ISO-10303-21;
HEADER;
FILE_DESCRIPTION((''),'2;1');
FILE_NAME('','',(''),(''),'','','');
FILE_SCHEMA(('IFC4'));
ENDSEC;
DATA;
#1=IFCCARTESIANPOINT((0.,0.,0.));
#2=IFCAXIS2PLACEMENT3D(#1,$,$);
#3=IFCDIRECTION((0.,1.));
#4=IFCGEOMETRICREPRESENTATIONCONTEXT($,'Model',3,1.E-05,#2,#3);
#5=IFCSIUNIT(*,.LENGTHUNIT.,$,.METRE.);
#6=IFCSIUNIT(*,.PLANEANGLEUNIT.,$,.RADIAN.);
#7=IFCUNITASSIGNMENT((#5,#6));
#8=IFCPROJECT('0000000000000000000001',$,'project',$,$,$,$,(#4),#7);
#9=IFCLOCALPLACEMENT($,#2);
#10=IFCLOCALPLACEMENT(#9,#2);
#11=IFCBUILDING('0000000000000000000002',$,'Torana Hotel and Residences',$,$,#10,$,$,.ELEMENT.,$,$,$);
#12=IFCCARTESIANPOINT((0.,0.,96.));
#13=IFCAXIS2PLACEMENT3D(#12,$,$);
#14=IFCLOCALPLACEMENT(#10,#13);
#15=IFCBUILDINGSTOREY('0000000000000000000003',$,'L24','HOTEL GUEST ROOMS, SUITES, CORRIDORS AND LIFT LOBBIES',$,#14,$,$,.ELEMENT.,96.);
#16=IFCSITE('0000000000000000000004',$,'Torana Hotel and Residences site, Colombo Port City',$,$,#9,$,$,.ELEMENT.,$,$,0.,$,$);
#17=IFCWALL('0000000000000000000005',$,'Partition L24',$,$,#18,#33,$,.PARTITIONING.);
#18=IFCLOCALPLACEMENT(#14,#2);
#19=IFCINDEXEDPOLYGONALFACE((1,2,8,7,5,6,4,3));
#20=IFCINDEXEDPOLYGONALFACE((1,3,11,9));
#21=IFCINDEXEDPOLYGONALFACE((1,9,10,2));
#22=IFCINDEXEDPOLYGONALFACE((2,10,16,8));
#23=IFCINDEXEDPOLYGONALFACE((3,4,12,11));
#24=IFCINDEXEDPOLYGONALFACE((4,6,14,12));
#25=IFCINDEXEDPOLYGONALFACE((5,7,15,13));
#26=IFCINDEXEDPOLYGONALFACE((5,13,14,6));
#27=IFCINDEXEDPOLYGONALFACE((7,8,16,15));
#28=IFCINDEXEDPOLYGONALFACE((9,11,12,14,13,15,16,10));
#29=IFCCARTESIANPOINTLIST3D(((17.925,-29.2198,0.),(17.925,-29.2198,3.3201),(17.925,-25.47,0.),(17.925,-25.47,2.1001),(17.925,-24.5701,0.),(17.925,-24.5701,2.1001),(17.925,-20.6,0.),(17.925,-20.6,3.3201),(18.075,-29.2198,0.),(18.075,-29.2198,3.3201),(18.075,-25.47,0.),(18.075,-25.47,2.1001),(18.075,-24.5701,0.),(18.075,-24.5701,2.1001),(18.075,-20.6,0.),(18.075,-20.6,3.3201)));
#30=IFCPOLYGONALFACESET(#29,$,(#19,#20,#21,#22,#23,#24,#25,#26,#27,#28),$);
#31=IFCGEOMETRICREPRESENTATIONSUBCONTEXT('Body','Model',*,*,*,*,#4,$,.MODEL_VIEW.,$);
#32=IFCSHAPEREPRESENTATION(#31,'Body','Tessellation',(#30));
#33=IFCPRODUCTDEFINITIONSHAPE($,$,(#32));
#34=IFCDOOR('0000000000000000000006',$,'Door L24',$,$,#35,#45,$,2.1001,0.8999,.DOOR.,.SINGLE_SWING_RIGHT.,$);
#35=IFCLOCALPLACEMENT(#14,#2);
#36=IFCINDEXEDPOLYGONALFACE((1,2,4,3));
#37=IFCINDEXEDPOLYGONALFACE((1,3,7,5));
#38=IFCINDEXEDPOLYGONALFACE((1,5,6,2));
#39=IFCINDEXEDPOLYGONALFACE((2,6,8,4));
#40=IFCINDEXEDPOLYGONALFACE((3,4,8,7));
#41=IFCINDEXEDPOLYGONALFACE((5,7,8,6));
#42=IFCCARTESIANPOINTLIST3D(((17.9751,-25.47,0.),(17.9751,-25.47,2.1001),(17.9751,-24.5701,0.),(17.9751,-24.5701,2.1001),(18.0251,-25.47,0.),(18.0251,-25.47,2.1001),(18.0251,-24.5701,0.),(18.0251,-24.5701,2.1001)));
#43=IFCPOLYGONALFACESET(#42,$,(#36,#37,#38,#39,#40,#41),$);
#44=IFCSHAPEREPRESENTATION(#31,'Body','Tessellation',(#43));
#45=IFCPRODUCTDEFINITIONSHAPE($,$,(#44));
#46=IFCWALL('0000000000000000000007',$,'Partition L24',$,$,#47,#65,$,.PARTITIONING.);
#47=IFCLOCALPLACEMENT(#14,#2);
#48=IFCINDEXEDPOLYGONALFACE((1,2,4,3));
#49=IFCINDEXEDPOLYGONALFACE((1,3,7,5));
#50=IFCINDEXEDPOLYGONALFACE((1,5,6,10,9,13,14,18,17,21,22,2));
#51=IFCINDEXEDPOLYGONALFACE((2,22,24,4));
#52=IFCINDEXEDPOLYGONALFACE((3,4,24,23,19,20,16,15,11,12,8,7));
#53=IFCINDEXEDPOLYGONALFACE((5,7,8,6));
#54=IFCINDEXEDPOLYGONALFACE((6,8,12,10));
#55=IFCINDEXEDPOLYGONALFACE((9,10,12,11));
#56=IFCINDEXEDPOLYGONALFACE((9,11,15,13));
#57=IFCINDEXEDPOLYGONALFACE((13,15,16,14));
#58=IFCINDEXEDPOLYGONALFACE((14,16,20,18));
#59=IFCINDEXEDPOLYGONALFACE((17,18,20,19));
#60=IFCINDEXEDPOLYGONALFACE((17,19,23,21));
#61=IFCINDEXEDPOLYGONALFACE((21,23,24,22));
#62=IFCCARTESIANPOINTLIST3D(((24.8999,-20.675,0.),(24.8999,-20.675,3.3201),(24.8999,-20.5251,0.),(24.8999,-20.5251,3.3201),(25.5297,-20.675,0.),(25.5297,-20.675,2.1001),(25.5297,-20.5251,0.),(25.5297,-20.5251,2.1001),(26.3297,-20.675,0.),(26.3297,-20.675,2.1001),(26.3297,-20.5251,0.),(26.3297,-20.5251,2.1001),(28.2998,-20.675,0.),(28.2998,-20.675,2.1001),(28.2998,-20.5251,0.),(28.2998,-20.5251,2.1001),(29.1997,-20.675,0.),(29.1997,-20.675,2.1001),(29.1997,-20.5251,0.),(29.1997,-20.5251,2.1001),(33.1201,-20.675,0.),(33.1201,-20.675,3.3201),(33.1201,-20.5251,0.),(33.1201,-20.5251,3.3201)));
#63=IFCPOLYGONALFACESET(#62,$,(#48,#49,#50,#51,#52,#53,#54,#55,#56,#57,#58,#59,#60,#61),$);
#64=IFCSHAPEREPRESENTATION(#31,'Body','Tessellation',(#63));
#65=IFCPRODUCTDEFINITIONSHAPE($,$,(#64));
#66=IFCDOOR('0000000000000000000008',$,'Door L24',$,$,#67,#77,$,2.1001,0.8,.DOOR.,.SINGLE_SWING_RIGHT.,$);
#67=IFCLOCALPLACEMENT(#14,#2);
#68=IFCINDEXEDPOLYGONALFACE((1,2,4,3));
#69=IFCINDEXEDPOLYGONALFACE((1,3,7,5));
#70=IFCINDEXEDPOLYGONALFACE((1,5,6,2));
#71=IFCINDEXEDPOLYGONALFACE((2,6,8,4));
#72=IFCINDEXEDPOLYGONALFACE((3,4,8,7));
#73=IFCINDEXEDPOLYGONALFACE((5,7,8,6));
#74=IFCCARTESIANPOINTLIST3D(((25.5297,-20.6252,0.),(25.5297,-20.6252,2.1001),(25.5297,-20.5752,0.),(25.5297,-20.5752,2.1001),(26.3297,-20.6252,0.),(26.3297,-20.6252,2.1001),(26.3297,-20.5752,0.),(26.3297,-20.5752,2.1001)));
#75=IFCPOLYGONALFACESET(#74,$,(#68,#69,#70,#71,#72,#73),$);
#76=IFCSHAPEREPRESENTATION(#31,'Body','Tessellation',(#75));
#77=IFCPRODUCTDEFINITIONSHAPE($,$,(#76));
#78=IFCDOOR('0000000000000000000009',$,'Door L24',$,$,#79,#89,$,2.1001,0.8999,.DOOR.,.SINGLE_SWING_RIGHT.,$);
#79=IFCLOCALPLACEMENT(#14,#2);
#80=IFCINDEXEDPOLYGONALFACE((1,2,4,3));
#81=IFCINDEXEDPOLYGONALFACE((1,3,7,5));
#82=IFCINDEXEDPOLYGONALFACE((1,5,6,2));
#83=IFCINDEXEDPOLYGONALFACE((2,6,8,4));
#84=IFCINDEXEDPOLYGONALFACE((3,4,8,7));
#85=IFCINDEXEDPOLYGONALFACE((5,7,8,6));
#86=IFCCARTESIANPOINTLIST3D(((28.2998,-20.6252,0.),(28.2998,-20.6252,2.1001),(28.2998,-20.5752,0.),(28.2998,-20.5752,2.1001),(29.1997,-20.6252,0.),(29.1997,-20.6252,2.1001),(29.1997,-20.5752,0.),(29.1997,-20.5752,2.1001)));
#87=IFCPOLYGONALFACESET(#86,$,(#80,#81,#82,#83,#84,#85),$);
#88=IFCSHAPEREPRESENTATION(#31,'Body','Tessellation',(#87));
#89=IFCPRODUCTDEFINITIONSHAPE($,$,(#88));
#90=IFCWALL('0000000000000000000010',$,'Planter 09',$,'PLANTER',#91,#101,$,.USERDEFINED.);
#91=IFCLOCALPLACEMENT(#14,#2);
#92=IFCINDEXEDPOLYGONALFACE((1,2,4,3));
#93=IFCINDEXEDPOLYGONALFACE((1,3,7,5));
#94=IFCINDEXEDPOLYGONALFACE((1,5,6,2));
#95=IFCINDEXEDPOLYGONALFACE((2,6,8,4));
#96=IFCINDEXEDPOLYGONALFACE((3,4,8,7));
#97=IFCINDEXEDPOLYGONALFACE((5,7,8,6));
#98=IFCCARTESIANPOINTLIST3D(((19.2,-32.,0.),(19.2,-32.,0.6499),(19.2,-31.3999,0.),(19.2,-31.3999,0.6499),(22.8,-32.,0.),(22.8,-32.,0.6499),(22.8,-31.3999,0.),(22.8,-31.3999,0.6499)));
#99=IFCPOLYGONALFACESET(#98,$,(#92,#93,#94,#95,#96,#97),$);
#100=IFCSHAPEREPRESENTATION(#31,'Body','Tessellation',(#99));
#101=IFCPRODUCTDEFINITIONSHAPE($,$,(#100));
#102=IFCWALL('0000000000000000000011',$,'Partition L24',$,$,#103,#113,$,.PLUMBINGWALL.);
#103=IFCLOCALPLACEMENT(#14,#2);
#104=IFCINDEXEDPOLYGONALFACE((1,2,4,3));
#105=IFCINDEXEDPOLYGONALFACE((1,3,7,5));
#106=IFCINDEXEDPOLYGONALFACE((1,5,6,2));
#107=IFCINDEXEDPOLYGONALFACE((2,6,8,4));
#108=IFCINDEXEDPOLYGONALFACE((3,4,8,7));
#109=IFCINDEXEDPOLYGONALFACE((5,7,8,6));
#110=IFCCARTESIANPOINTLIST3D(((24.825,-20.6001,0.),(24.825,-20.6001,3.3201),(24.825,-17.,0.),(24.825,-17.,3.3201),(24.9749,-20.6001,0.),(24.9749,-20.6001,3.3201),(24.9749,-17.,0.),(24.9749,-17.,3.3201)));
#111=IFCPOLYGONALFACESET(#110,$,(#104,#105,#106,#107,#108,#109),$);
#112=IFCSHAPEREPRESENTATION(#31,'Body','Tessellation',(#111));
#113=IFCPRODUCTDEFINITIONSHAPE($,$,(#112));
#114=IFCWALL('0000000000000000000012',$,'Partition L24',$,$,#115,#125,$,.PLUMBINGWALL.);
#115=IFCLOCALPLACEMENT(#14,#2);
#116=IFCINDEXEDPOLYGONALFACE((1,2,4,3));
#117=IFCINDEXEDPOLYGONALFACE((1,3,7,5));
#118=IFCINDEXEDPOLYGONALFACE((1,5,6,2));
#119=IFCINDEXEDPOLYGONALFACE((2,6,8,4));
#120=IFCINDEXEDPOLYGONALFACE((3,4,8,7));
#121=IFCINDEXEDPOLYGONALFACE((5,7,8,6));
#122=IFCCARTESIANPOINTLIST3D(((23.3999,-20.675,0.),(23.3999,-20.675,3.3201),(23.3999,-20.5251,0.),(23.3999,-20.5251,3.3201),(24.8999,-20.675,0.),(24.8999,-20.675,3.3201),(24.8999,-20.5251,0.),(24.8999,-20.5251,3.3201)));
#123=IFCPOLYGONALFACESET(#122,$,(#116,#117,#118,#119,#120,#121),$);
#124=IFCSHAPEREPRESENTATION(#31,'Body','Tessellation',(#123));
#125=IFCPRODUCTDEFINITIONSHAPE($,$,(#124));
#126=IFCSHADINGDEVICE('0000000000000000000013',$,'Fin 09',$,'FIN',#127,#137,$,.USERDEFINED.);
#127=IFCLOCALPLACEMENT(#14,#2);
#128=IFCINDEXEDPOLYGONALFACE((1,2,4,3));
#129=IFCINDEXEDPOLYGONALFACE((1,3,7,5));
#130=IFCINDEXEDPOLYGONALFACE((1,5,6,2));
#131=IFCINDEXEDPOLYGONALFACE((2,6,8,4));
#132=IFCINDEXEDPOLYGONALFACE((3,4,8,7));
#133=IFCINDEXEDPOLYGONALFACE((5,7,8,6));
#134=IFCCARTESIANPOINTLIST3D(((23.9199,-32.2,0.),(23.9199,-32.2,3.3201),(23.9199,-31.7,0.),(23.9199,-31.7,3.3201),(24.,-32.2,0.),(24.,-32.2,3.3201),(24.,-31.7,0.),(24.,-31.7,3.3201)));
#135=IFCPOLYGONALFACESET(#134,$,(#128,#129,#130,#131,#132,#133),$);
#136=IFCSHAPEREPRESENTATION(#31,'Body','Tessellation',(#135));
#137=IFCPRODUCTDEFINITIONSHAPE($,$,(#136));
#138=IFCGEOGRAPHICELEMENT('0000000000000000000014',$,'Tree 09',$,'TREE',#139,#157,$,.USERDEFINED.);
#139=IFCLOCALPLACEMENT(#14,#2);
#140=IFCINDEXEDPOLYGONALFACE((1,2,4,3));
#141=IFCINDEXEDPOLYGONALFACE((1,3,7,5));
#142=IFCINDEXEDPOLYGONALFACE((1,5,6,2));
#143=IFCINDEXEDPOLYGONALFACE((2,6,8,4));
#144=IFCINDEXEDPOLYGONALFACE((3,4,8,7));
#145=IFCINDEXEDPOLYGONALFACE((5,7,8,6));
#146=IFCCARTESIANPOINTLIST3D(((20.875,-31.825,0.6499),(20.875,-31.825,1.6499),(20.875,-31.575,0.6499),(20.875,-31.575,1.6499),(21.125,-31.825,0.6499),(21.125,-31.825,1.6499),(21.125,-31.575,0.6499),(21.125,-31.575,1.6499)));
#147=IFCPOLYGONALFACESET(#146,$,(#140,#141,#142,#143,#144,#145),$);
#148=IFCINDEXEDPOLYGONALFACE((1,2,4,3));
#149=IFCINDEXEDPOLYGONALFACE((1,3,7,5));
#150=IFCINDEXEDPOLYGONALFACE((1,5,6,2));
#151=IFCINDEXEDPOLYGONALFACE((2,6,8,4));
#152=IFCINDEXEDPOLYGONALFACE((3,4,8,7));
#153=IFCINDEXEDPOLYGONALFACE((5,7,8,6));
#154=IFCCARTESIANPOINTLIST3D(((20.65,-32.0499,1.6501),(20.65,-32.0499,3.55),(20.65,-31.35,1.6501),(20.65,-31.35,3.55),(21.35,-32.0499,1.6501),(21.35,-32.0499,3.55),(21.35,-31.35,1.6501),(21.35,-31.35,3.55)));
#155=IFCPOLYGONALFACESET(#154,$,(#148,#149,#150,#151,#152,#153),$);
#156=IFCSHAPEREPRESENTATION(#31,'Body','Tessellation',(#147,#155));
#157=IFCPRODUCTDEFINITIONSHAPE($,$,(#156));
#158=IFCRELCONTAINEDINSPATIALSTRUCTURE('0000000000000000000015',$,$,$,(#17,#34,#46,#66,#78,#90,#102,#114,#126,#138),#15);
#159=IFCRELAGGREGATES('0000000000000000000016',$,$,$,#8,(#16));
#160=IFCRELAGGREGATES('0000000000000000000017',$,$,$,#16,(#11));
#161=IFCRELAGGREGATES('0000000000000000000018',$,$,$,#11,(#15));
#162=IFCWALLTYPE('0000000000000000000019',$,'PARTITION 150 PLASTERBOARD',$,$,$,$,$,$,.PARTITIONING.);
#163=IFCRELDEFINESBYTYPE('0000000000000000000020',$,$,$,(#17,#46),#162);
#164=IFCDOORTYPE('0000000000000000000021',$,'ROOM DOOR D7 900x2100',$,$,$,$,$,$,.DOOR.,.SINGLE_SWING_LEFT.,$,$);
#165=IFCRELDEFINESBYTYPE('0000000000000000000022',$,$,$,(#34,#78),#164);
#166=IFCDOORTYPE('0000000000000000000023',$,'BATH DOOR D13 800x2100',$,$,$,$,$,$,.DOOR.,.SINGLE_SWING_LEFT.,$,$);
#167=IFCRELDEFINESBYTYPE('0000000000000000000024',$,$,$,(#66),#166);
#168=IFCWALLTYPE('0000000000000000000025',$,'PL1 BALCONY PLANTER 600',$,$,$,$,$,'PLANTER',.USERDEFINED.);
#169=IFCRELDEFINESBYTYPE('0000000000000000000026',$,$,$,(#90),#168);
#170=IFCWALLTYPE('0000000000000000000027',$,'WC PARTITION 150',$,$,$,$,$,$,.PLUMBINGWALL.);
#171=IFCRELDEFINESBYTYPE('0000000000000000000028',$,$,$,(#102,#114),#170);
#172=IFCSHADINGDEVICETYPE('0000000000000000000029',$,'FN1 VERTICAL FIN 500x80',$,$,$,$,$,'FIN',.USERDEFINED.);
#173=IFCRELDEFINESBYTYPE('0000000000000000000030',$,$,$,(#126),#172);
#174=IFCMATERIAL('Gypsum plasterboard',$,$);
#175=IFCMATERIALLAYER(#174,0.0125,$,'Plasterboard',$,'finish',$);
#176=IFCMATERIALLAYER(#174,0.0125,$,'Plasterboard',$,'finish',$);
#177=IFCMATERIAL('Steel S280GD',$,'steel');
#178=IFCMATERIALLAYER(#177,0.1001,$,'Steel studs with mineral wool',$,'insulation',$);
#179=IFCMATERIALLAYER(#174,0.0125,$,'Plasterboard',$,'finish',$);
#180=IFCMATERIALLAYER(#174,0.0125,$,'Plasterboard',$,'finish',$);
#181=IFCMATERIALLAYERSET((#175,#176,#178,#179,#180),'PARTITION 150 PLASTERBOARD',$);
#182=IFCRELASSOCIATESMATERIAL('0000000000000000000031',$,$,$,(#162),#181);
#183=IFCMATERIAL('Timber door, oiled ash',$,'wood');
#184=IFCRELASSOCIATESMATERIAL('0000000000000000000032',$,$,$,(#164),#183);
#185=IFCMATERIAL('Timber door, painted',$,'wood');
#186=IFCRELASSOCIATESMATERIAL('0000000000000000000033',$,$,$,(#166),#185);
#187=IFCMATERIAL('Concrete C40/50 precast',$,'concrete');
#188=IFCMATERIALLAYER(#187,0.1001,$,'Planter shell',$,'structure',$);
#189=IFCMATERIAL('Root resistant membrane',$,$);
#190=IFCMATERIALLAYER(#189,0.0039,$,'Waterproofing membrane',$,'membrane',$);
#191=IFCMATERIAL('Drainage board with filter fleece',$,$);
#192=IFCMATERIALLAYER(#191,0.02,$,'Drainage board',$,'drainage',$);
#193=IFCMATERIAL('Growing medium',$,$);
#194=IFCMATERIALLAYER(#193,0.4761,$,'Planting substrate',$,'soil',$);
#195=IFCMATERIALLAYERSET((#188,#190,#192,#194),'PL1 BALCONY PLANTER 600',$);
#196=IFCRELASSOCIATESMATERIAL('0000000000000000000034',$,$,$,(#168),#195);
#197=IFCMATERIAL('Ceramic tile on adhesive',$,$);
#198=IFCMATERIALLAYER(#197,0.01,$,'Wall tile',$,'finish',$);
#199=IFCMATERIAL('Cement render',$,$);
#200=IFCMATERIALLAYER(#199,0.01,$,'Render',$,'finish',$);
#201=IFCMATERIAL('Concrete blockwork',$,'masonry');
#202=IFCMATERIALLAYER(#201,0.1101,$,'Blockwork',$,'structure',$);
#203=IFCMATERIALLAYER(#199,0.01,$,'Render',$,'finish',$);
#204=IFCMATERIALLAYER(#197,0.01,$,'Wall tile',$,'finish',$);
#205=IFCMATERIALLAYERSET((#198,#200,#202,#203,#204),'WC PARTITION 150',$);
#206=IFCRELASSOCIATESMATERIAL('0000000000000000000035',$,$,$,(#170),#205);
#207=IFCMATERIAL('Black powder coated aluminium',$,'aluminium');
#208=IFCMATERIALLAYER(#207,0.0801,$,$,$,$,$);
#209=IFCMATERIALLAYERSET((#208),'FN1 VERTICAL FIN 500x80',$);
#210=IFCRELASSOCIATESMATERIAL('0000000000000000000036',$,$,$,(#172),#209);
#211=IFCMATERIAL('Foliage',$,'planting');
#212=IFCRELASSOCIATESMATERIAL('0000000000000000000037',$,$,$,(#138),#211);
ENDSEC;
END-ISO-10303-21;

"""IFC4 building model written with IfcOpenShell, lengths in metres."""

from ifc_helpers import new_model, si_unit, direction, frame, frame_2d, origin, origin_2d, place, context, subcontext, project, spatial, rectangle, extrude, material, layer, layer_set, type_object, element, fill, save


model = new_model("IFC4")

# Units and contexts
model_context = context("Model", 3, precision=1e-05, world=origin(), true_north=direction((0.0, 1.0)))
body_context = subcontext(model_context, "Body", "Model", "MODEL_VIEW")
ifc_project = project(units=[si_unit("LENGTHUNIT", "METRE"), si_unit("PLANEANGLEUNIT", "RADIAN")], contexts=[model_context])

# Site, building, storey
site_placement = place(None, origin())
site = spatial("IfcSite", under=ifc_project, at=site_placement, Name="Torana Hotel and Residences site, Colombo Port City", CompositionType="ELEMENT", RefElevation=0.0)
building_placement = place(site_placement, origin())
building = spatial("IfcBuilding", under=site, at=building_placement, Name="Torana Hotel and Residences", CompositionType="ELEMENT")
storey_placement = place(building_placement, frame((0.0, 0.0, 96.0)))
storey = spatial("IfcBuildingStorey", under=building, at=storey_placement, Name="L24", Description="HOTEL GUEST ROOMS, SUITES, CORRIDORS AND LIFT LOBBIES", CompositionType="ELEMENT", Elevation=96.0)

# Shared definitions
ifc_material_1 = material(Name="Concrete blockwork", Category="masonry")

# Shared definitions
ifc_material_2 = material(Name="Gypsum plasterboard")
ifc_layer_1 = layer(ifc_material_2, 0.0125, Name="Plasterboard", Category="finish")
ifc_layer_2 = layer(ifc_material_2, 0.0125, Name="Plasterboard", Category="finish")
ifc_material_3 = material(Name="Steel S280GD", Category="steel")
ifc_layer_3 = layer(ifc_material_3, 0.1001, Name="Steel studs with mineral wool", Category="insulation")
ifc_layer_4 = layer(ifc_material_2, 0.0125, Name="Plasterboard", Category="finish")
ifc_layer_5 = layer(ifc_material_2, 0.0125, Name="Plasterboard", Category="finish")
ifc_layer_set_1 = layer_set([ifc_layer_1, ifc_layer_2, ifc_layer_3, ifc_layer_4, ifc_layer_5], Name="PARTITION 150 PLASTERBOARD")
wall_type_1 = type_object("IfcWallType", Name="PARTITION 150 PLASTERBOARD", PredefinedType="PARTITIONING", material=ifc_layer_set_1)

# Wall, opening, door
wall_1_placement = place(storey_placement, frame((18.0, -29.22, 0.0), z_axis=(0.0, 0.0, 1.0), x_axis=(0.0, 1.0, 0.0)))
wall_1 = element("IfcWall", 1, at=wall_1_placement, inside=storey, type_object=wall_type_1, Name="Partition L24", PredefinedType="PARTITIONING", context=body_context, shape_type="SweptSolid", body=[
    extrude(rectangle(XDim=8.6199, YDim=0.1499, at=frame_2d((4.3101, 0.0))), origin(), (0.0, 0.0, 1.0), 3.3201),
])
opening_1_placement = place(wall_1_placement, frame((3.75, 0.0, 0.0)))
opening_1 = element("IfcOpeningElement", 2, at=opening_1_placement, cuts=wall_1, PredefinedType="OPENING", context=body_context, shape_type="SweptSolid", body=[
    extrude(rectangle(XDim=0.8999, YDim=2.1001, at=frame_2d((0.45, 1.05))), frame((0.0, 0.085, 0.0), z_axis=(0.0, -1.0, 0.0), x_axis=(1.0, 0.0, 0.0)), (0.0, 0.0, 1.0), 0.1699),
])
ifc_material_4 = material(Name="Timber door, oiled ash", Category="wood")
door_type_1 = type_object("IfcDoorType", Name="ROOM DOOR D7 900x2100", OperationType="SINGLE_SWING_LEFT", PredefinedType="DOOR", material=ifc_material_4)
door_1_placement = place(opening_1_placement, origin())
door_1 = element("IfcDoor", 3, at=door_1_placement, inside=storey, type_object=door_type_1, Name="Door L24", OperationType="SINGLE_SWING_RIGHT", OverallHeight=2.1001, OverallWidth=0.8999, PredefinedType="DOOR", context=body_context, shape_type="SweptSolid", body=[
    extrude(rectangle(XDim=0.8999, YDim=2.1001, at=frame_2d((0.45, 1.05))), frame((0.0, 0.0249, 0.0), z_axis=(0.0, -1.0, 0.0), x_axis=(1.0, 0.0, 0.0)), (0.0, 0.0, 1.0), 0.05),
])
fill(opening_1, door_1)

# Wall, openings, doors
wall_2_placement = place(storey_placement, frame((24.8999, -20.6001, 0.0), z_axis=(0.0, 0.0, 1.0), x_axis=(1.0, 0.0, 0.0)))
wall_2 = element("IfcWall", 4, at=wall_2_placement, inside=storey, type_object=wall_type_1, Name="Partition L24", PredefinedType="PARTITIONING", context=body_context, shape_type="SweptSolid", body=[
    extrude(rectangle(XDim=8.2202, YDim=0.1499, at=frame_2d((4.1101, 0.0))), origin(), (0.0, 0.0, 1.0), 3.3201),
])
opening_2_placement = place(wall_2_placement, frame((0.6299, 0.0, 0.0)))
opening_2 = element("IfcOpeningElement", 5, at=opening_2_placement, cuts=wall_2, PredefinedType="OPENING", context=body_context, shape_type="SweptSolid", body=[
    extrude(rectangle(XDim=0.8, YDim=2.1001, at=frame_2d((0.3999, 1.05))), frame((0.0, 0.085, 0.0), z_axis=(0.0, -1.0, 0.0), x_axis=(1.0, 0.0, 0.0)), (0.0, 0.0, 1.0), 0.1699),
])
opening_3_placement = place(wall_2_placement, frame((3.3999, 0.0, 0.0)))
opening_3 = element("IfcOpeningElement", 6, at=opening_3_placement, cuts=wall_2, PredefinedType="OPENING", context=body_context, shape_type="SweptSolid", body=[
    extrude(rectangle(XDim=0.8999, YDim=2.1001, at=frame_2d((0.45, 1.05))), frame((0.0, 0.085, 0.0), z_axis=(0.0, -1.0, 0.0), x_axis=(1.0, 0.0, 0.0)), (0.0, 0.0, 1.0), 0.1699),
])
ifc_material_5 = material(Name="Timber door, painted", Category="wood")
door_type_2 = type_object("IfcDoorType", Name="BATH DOOR D13 800x2100", OperationType="SINGLE_SWING_LEFT", PredefinedType="DOOR", material=ifc_material_5)
door_2_placement = place(opening_2_placement, origin())
door_2 = element("IfcDoor", 7, at=door_2_placement, inside=storey, type_object=door_type_2, Name="Door L24", OperationType="SINGLE_SWING_RIGHT", OverallHeight=2.1001, OverallWidth=0.8, PredefinedType="DOOR", context=body_context, shape_type="SweptSolid", body=[
    extrude(rectangle(XDim=0.8, YDim=2.1001, at=frame_2d((0.3999, 1.05))), frame((0.0, 0.0249, 0.0), z_axis=(0.0, -1.0, 0.0), x_axis=(1.0, 0.0, 0.0)), (0.0, 0.0, 1.0), 0.05),
])
fill(opening_2, door_2)
door_3_placement = place(opening_3_placement, origin())
door_3 = element("IfcDoor", 8, at=door_3_placement, inside=storey, type_object=door_type_1, Name="Door L24", OperationType="SINGLE_SWING_RIGHT", OverallHeight=2.1001, OverallWidth=0.8999, PredefinedType="DOOR", context=body_context, shape_type="SweptSolid", body=[
    extrude(rectangle(XDim=0.8999, YDim=2.1001, at=frame_2d((0.45, 1.05))), frame((0.0, 0.0249, 0.0), z_axis=(0.0, -1.0, 0.0), x_axis=(1.0, 0.0, 0.0)), (0.0, 0.0, 1.0), 0.05),
])
fill(opening_3, door_3)

# Walls
ifc_material_6 = material(Name="Concrete C40/50 precast", Category="concrete")
ifc_layer_6 = layer(ifc_material_6, 0.1001, Name="Planter shell", Category="structure")
ifc_material_7 = material(Name="Root resistant membrane")
ifc_layer_7 = layer(ifc_material_7, 0.0039, Name="Waterproofing membrane", Category="membrane")
ifc_material_8 = material(Name="Drainage board with filter fleece")
ifc_layer_8 = layer(ifc_material_8, 0.02, Name="Drainage board", Category="drainage")
ifc_material_9 = material(Name="Growing medium")
ifc_layer_9 = layer(ifc_material_9, 0.4761, Name="Planting substrate", Category="soil")
ifc_layer_set_2 = layer_set([ifc_layer_6, ifc_layer_7, ifc_layer_8, ifc_layer_9], Name="PL1 BALCONY PLANTER 600")
wall_type_2 = type_object("IfcWallType", Name="PL1 BALCONY PLANTER 600", ElementType="PLANTER", PredefinedType="USERDEFINED", material=ifc_layer_set_2)
wall_3_placement = place(storey_placement, frame((22.8, -31.7, 0.0), z_axis=(0.0, 0.0, 1.0), x_axis=(-1.0, 0.0, 0.0)))
element("IfcWall", 9, at=wall_3_placement, inside=storey, type_object=wall_type_2, Name="Planter 09", ObjectType="PLANTER", PredefinedType="USERDEFINED", context=body_context, shape_type="SweptSolid", body=[
    extrude(rectangle(XDim=3.6001, YDim=0.6001, at=frame_2d((1.8, 0.0))), origin(), (0.0, 0.0, 1.0), 0.6499),
])
ifc_material_10 = material(Name="Ceramic tile on adhesive")
ifc_layer_10 = layer(ifc_material_10, 0.01, Name="Wall tile", Category="finish")
ifc_material_11 = material(Name="Cement render")
ifc_layer_11 = layer(ifc_material_11, 0.01, Name="Render", Category="finish")
ifc_layer_12 = layer(ifc_material_1, 0.1101, Name="Blockwork", Category="structure")
ifc_layer_13 = layer(ifc_material_11, 0.01, Name="Render", Category="finish")
ifc_layer_14 = layer(ifc_material_10, 0.01, Name="Wall tile", Category="finish")
ifc_layer_set_3 = layer_set([ifc_layer_10, ifc_layer_11, ifc_layer_12, ifc_layer_13, ifc_layer_14], Name="WC PARTITION 150")
wall_type_3 = type_object("IfcWallType", Name="WC PARTITION 150", PredefinedType="PLUMBINGWALL", material=ifc_layer_set_3)
wall_4_placement = place(storey_placement, frame((24.8999, -20.6001, 0.0), z_axis=(0.0, 0.0, 1.0), x_axis=(0.0, 1.0, 0.0)))
element("IfcWall", 10, at=wall_4_placement, inside=storey, type_object=wall_type_3, Name="Partition L24", PredefinedType="PLUMBINGWALL", context=body_context, shape_type="SweptSolid", body=[
    extrude(rectangle(XDim=3.6001, YDim=0.1499, at=frame_2d((1.8, 0.0))), origin(), (0.0, 0.0, 1.0), 3.3201),
])
wall_5_placement = place(storey_placement, frame((23.3999, -20.6001, 0.0), z_axis=(0.0, 0.0, 1.0), x_axis=(1.0, 0.0, 0.0)))
element("IfcWall", 11, at=wall_5_placement, inside=storey, type_object=wall_type_3, Name="Partition L24", PredefinedType="PLUMBINGWALL", context=body_context, shape_type="SweptSolid", body=[
    extrude(rectangle(XDim=1.5, YDim=0.1499, at=frame_2d((0.75, 0.0))), origin(), (0.0, 0.0, 1.0), 3.3201),
])

# Shading device
ifc_material_12 = material(Name="Black powder coated aluminium", Category="aluminium")
ifc_layer_15 = layer(ifc_material_12, 0.0801)
ifc_layer_set_4 = layer_set([ifc_layer_15], Name="FN1 VERTICAL FIN 500x80")
shading_device_type = type_object("IfcShadingDeviceType", Name="FN1 VERTICAL FIN 500x80", ElementType="FIN", PredefinedType="USERDEFINED", material=ifc_layer_set_4)
shading_device_placement = place(storey_placement, frame((23.96, -31.95, 0.0), z_axis=(0.0, 0.0, 1.0), x_axis=(-1.0, 0.0, 0.0)))
element("IfcShadingDevice", 12, at=shading_device_placement, inside=storey, type_object=shading_device_type, Name="Fin 09", ObjectType="FIN", PredefinedType="USERDEFINED", context=body_context, shape_type="SweptSolid", body=[
    extrude(rectangle(XDim=0.0801, YDim=0.5, at=origin_2d()), origin(), (0.0, 0.0, 1.0), 3.3201),
])

# Geographic element
ifc_material_13 = material(Name="Foliage", Category="planting")
geographic_element_placement = place(storey_placement, frame((21.0, -31.7, 0.6499), z_axis=(0.0, 0.0, 1.0), x_axis=(1.0, 0.0, 0.0)))
element("IfcGeographicElement", 13, at=geographic_element_placement, inside=storey, material=ifc_material_13, Name="Tree 09", ObjectType="TREE", PredefinedType="USERDEFINED", context=body_context, shape_type="SweptSolid", body=[
    extrude(rectangle(XDim=0.25, YDim=0.25, at=origin_2d()), origin(), (0.0, 0.0, 1.0), 1.0),
    extrude(rectangle(XDim=0.7, YDim=0.7, at=origin_2d()), frame((0.0, 0.0, 1.0002)), (0.0, 0.0, 1.0), 1.8999),
])

save(model, "model.ifc")
